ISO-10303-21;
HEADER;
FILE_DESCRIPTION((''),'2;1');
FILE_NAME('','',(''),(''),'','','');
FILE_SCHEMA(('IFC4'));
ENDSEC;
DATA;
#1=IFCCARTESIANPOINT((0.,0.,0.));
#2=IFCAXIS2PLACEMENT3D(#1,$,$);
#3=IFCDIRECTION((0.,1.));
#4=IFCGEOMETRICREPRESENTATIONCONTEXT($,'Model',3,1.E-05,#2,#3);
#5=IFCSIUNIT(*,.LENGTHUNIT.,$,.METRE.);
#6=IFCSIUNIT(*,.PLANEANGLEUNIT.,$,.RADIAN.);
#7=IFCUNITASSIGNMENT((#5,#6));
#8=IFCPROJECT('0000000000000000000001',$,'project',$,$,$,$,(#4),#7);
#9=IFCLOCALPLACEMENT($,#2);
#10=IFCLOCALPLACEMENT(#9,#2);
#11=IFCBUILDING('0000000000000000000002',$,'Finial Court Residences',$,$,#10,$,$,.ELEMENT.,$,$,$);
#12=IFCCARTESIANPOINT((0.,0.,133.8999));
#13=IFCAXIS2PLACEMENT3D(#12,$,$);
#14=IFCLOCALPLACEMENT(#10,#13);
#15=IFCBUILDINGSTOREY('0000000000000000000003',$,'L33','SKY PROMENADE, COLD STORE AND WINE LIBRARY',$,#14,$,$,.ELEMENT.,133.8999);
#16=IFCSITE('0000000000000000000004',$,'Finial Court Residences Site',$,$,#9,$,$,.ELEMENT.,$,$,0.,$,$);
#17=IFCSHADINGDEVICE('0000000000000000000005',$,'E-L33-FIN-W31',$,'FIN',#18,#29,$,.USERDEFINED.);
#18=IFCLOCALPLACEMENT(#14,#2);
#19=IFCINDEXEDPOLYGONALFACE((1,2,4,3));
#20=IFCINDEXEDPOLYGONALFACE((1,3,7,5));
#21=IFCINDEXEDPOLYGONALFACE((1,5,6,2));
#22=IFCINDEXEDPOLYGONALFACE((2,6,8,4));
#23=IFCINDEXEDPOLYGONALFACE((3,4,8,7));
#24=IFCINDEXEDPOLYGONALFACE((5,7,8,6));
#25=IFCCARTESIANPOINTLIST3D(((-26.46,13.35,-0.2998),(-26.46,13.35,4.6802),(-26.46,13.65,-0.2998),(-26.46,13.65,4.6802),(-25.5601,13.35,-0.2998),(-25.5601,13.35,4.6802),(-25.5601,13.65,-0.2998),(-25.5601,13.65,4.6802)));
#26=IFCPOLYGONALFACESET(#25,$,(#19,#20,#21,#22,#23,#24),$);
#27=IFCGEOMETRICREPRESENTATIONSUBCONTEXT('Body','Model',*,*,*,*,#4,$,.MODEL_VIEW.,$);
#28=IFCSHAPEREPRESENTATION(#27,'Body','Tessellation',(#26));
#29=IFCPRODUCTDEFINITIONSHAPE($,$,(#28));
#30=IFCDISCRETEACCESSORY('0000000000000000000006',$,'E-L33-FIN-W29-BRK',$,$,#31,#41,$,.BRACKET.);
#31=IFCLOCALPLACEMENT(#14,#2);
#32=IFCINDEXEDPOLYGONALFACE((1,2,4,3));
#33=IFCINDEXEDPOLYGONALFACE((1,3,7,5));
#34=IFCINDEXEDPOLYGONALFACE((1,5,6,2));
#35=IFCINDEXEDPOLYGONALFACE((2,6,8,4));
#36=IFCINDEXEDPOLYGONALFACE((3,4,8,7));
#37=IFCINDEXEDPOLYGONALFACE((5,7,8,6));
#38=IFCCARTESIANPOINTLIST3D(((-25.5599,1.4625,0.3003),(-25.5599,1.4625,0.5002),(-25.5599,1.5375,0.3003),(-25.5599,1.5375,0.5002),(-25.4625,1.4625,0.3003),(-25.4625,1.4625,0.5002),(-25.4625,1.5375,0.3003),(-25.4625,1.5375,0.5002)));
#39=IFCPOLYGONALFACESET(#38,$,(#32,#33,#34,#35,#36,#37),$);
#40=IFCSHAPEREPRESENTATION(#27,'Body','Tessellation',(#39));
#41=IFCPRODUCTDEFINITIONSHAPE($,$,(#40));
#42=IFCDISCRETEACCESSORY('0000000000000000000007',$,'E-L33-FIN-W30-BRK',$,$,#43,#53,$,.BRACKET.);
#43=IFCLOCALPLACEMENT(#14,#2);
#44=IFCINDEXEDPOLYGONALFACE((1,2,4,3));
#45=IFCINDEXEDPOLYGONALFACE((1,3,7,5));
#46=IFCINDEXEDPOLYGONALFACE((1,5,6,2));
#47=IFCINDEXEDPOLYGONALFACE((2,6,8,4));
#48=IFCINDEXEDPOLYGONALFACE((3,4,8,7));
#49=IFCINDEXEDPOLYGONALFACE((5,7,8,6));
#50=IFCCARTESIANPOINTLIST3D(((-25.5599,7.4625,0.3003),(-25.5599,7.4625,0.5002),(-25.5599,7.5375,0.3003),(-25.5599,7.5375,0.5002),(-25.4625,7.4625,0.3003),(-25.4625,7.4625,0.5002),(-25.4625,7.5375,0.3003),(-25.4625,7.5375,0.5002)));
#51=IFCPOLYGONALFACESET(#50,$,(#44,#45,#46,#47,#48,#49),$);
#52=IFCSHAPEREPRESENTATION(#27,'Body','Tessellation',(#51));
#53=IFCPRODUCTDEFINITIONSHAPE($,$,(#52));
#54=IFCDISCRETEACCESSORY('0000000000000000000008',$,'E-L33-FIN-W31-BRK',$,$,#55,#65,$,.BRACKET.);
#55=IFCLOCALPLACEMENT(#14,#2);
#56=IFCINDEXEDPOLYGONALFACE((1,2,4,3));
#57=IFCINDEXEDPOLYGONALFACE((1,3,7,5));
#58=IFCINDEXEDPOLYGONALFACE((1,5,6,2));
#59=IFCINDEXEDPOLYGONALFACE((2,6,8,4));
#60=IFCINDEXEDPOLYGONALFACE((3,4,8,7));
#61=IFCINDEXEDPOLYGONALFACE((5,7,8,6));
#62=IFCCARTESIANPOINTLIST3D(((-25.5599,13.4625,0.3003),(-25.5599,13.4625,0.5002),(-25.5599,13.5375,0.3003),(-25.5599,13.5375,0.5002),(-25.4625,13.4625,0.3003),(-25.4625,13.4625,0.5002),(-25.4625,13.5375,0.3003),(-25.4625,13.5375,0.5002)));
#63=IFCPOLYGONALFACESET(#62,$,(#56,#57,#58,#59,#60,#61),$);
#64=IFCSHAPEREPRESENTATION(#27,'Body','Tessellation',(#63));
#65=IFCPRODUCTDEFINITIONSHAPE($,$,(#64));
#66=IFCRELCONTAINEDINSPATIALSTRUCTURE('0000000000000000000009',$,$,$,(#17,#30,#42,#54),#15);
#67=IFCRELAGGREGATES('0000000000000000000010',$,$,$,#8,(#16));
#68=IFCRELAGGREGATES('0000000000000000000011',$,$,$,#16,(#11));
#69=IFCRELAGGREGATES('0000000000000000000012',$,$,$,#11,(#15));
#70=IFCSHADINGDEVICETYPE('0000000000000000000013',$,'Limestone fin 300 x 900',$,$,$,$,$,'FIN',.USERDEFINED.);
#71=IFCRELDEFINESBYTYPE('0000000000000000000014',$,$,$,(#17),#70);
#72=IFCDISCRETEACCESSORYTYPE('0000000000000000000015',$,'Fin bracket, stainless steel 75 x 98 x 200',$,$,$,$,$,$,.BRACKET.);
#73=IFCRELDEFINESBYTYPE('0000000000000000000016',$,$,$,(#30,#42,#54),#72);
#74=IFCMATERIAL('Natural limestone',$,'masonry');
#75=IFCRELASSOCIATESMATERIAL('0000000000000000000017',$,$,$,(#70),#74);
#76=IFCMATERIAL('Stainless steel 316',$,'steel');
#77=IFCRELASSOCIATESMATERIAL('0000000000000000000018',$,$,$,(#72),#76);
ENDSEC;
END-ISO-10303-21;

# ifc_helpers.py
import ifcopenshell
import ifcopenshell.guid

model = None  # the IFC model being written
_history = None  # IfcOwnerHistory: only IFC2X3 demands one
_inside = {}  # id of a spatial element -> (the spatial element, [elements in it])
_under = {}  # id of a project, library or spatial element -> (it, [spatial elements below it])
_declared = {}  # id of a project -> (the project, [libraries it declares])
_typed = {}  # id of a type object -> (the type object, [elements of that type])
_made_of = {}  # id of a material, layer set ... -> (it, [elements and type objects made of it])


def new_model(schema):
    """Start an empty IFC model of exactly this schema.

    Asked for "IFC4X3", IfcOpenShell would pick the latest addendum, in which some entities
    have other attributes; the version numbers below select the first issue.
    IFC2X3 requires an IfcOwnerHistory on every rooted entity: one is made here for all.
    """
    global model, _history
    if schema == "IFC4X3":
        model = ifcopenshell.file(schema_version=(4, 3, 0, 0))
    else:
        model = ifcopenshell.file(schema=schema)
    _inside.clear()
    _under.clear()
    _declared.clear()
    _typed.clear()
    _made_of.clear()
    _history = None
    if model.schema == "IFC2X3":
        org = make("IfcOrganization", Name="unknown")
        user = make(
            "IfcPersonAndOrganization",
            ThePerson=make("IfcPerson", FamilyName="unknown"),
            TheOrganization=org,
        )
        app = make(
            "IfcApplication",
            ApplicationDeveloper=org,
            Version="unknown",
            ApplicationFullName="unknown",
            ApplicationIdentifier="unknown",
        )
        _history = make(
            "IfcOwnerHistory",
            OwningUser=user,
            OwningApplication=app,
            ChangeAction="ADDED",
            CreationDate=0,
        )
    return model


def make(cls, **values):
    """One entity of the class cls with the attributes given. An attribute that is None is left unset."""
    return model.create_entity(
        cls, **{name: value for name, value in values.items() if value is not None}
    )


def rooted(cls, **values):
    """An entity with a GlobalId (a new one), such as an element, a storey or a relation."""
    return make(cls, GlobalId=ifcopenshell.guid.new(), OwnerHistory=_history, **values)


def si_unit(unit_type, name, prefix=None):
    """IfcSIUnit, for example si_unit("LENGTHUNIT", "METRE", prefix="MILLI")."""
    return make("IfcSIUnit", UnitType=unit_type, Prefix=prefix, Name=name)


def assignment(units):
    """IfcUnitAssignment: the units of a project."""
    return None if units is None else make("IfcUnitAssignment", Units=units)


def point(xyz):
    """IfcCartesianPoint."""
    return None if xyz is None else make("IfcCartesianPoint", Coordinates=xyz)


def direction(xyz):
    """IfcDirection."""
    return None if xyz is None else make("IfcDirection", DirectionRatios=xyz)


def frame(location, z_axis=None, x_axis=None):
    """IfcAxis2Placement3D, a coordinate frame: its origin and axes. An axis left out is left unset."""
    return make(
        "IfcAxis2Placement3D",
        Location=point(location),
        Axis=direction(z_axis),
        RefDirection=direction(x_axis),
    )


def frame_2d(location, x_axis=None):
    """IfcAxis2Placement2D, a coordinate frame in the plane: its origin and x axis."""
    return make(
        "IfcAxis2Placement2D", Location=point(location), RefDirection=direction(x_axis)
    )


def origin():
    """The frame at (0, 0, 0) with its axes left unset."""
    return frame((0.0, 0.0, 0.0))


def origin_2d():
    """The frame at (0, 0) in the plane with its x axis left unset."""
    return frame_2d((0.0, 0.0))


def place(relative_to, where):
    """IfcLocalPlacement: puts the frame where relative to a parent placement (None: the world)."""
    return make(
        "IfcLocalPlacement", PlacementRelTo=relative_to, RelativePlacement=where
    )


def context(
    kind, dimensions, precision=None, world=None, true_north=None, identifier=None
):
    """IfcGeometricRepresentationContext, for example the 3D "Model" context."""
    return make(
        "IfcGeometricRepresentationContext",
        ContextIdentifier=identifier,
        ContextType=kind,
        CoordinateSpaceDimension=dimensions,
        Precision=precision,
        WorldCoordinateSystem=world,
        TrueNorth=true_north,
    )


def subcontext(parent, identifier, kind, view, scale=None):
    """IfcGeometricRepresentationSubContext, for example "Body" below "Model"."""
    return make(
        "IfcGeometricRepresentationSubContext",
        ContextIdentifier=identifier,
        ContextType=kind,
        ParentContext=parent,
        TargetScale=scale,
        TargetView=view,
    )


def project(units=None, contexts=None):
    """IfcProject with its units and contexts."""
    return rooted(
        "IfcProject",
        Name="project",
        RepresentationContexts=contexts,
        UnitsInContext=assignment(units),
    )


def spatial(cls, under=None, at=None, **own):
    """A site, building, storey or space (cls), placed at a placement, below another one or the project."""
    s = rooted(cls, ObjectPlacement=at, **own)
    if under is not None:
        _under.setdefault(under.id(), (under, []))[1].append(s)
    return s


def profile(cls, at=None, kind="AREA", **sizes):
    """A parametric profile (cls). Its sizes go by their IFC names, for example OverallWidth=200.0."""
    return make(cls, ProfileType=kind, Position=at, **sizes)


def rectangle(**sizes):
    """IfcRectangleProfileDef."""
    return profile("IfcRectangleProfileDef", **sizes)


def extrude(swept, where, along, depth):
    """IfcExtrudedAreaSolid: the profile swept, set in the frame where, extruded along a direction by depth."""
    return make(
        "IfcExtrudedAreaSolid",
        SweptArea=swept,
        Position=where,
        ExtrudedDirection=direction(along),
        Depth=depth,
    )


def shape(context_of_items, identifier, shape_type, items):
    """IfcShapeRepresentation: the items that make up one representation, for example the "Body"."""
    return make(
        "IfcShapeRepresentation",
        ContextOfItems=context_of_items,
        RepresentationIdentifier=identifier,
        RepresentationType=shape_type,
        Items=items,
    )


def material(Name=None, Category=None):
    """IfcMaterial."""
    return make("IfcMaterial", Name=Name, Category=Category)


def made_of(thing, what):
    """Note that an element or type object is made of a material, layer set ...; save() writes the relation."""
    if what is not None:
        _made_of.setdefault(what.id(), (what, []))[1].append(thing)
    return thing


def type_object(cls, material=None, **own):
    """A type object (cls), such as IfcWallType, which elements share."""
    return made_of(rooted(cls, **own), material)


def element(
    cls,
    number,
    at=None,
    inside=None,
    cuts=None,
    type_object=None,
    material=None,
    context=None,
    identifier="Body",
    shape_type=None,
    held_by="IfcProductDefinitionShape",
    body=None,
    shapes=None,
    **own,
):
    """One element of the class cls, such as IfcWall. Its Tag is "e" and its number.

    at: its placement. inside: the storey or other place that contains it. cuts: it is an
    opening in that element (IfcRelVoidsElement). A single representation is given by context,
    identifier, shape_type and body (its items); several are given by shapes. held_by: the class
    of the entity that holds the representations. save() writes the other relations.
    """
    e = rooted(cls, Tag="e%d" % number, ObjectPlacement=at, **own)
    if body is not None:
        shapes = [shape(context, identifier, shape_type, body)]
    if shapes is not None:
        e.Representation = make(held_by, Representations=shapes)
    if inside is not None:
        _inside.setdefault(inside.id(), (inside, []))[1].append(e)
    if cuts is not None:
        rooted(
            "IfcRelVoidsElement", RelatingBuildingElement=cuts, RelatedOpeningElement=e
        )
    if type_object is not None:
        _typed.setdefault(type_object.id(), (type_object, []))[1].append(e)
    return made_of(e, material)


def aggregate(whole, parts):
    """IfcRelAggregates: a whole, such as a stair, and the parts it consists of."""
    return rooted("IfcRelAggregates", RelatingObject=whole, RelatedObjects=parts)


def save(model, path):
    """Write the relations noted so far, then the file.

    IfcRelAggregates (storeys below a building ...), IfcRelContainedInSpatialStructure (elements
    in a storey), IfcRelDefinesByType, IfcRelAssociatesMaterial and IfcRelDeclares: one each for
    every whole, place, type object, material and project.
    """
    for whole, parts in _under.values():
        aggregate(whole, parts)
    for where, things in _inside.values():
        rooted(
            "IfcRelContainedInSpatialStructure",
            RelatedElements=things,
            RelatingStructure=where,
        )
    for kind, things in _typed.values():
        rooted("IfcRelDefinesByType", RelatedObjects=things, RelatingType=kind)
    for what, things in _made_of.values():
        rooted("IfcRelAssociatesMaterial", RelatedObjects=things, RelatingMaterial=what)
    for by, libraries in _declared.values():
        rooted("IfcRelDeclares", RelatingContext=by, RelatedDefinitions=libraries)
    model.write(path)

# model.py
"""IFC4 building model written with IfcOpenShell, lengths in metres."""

from ifc_helpers import new_model, si_unit, direction, frame, origin, origin_2d, place, context, subcontext, project, spatial, rectangle, extrude, material, type_object, element, save


model = new_model("IFC4")

# Units and contexts
model_context = context("Model", 3, precision=1e-05, world=origin(), true_north=direction((0.0, 1.0)))
body_context = subcontext(model_context, "Body", "Model", "MODEL_VIEW")
ifc_project = project(units=[si_unit("LENGTHUNIT", "METRE"), si_unit("PLANEANGLEUNIT", "RADIAN")], contexts=[model_context])

# Site, building, storey
site_placement = place(None, origin())
site = spatial("IfcSite", under=ifc_project, at=site_placement, Name="Finial Court Residences Site", CompositionType="ELEMENT", RefElevation=0.0)
building_placement = place(site_placement, origin())
building = spatial("IfcBuilding", under=site, at=building_placement, Name="Finial Court Residences", CompositionType="ELEMENT")
storey_placement = place(building_placement, frame((0.0, 0.0, 133.8999)))
storey = spatial("IfcBuildingStorey", under=building, at=storey_placement, Name="L33", Description="SKY PROMENADE, COLD STORE AND WINE LIBRARY", CompositionType="ELEMENT", Elevation=133.8999)

# Shading device
ifc_material_1 = material(Name="Natural limestone", Category="masonry")
shading_device_type = type_object("IfcShadingDeviceType", Name="Limestone fin 300 x 900", ElementType="FIN", PredefinedType="USERDEFINED", material=ifc_material_1)
for number, where, z_axis, x_axis, name in (
    (1, (-26.01, 13.5, -0.2998), (0.0, 0.0, 1.0), (1.0, 0.0, 0.0), "E-L33-FIN-W31"),
):
    element("IfcShadingDevice", number, at=place(storey_placement, frame(where, z_axis=z_axis, x_axis=x_axis)), inside=storey, type_object=shading_device_type, Name=name, ObjectType="FIN", PredefinedType="USERDEFINED", context=body_context, shape_type="SweptSolid", body=[
        extrude(rectangle(XDim=0.8999, YDim=0.3, at=origin_2d()), origin(), (0.0, 0.0, 1.0), 4.98),
    ])

# Discrete accessories
ifc_material_2 = material(Name="Stainless steel 316", Category="steel")
discrete_accessory_type = type_object("IfcDiscreteAccessoryType", Name="Fin bracket, stainless steel 75 x 98 x 200", PredefinedType="BRACKET", material=ifc_material_2)
for number, where, z_axis, x_axis, name in (
    (2, (-25.5112, 1.5, 0.3003), (0.0, 0.0, 1.0), (1.0, 0.0, 0.0), "E-L33-FIN-W29-BRK"),
    (3, (-25.5112, 7.5, 0.3003), (0.0, 0.0, 1.0), (1.0, 0.0, 0.0), "E-L33-FIN-W30-BRK"),
    (4, (-25.5112, 13.5, 0.3003), (0.0, 0.0, 1.0), (1.0, 0.0, 0.0), "E-L33-FIN-W31-BRK"),
):
    element("IfcDiscreteAccessory", number, at=place(storey_placement, frame(where, z_axis=z_axis, x_axis=x_axis)), inside=storey, type_object=discrete_accessory_type, Name=name, PredefinedType="BRACKET", context=body_context, shape_type="SweptSolid", body=[
        extrude(rectangle(XDim=0.0974, YDim=0.075, at=origin_2d()), origin(), (0.0, 0.0, 1.0), 0.2),
    ])

save(model, "model.ifc")
